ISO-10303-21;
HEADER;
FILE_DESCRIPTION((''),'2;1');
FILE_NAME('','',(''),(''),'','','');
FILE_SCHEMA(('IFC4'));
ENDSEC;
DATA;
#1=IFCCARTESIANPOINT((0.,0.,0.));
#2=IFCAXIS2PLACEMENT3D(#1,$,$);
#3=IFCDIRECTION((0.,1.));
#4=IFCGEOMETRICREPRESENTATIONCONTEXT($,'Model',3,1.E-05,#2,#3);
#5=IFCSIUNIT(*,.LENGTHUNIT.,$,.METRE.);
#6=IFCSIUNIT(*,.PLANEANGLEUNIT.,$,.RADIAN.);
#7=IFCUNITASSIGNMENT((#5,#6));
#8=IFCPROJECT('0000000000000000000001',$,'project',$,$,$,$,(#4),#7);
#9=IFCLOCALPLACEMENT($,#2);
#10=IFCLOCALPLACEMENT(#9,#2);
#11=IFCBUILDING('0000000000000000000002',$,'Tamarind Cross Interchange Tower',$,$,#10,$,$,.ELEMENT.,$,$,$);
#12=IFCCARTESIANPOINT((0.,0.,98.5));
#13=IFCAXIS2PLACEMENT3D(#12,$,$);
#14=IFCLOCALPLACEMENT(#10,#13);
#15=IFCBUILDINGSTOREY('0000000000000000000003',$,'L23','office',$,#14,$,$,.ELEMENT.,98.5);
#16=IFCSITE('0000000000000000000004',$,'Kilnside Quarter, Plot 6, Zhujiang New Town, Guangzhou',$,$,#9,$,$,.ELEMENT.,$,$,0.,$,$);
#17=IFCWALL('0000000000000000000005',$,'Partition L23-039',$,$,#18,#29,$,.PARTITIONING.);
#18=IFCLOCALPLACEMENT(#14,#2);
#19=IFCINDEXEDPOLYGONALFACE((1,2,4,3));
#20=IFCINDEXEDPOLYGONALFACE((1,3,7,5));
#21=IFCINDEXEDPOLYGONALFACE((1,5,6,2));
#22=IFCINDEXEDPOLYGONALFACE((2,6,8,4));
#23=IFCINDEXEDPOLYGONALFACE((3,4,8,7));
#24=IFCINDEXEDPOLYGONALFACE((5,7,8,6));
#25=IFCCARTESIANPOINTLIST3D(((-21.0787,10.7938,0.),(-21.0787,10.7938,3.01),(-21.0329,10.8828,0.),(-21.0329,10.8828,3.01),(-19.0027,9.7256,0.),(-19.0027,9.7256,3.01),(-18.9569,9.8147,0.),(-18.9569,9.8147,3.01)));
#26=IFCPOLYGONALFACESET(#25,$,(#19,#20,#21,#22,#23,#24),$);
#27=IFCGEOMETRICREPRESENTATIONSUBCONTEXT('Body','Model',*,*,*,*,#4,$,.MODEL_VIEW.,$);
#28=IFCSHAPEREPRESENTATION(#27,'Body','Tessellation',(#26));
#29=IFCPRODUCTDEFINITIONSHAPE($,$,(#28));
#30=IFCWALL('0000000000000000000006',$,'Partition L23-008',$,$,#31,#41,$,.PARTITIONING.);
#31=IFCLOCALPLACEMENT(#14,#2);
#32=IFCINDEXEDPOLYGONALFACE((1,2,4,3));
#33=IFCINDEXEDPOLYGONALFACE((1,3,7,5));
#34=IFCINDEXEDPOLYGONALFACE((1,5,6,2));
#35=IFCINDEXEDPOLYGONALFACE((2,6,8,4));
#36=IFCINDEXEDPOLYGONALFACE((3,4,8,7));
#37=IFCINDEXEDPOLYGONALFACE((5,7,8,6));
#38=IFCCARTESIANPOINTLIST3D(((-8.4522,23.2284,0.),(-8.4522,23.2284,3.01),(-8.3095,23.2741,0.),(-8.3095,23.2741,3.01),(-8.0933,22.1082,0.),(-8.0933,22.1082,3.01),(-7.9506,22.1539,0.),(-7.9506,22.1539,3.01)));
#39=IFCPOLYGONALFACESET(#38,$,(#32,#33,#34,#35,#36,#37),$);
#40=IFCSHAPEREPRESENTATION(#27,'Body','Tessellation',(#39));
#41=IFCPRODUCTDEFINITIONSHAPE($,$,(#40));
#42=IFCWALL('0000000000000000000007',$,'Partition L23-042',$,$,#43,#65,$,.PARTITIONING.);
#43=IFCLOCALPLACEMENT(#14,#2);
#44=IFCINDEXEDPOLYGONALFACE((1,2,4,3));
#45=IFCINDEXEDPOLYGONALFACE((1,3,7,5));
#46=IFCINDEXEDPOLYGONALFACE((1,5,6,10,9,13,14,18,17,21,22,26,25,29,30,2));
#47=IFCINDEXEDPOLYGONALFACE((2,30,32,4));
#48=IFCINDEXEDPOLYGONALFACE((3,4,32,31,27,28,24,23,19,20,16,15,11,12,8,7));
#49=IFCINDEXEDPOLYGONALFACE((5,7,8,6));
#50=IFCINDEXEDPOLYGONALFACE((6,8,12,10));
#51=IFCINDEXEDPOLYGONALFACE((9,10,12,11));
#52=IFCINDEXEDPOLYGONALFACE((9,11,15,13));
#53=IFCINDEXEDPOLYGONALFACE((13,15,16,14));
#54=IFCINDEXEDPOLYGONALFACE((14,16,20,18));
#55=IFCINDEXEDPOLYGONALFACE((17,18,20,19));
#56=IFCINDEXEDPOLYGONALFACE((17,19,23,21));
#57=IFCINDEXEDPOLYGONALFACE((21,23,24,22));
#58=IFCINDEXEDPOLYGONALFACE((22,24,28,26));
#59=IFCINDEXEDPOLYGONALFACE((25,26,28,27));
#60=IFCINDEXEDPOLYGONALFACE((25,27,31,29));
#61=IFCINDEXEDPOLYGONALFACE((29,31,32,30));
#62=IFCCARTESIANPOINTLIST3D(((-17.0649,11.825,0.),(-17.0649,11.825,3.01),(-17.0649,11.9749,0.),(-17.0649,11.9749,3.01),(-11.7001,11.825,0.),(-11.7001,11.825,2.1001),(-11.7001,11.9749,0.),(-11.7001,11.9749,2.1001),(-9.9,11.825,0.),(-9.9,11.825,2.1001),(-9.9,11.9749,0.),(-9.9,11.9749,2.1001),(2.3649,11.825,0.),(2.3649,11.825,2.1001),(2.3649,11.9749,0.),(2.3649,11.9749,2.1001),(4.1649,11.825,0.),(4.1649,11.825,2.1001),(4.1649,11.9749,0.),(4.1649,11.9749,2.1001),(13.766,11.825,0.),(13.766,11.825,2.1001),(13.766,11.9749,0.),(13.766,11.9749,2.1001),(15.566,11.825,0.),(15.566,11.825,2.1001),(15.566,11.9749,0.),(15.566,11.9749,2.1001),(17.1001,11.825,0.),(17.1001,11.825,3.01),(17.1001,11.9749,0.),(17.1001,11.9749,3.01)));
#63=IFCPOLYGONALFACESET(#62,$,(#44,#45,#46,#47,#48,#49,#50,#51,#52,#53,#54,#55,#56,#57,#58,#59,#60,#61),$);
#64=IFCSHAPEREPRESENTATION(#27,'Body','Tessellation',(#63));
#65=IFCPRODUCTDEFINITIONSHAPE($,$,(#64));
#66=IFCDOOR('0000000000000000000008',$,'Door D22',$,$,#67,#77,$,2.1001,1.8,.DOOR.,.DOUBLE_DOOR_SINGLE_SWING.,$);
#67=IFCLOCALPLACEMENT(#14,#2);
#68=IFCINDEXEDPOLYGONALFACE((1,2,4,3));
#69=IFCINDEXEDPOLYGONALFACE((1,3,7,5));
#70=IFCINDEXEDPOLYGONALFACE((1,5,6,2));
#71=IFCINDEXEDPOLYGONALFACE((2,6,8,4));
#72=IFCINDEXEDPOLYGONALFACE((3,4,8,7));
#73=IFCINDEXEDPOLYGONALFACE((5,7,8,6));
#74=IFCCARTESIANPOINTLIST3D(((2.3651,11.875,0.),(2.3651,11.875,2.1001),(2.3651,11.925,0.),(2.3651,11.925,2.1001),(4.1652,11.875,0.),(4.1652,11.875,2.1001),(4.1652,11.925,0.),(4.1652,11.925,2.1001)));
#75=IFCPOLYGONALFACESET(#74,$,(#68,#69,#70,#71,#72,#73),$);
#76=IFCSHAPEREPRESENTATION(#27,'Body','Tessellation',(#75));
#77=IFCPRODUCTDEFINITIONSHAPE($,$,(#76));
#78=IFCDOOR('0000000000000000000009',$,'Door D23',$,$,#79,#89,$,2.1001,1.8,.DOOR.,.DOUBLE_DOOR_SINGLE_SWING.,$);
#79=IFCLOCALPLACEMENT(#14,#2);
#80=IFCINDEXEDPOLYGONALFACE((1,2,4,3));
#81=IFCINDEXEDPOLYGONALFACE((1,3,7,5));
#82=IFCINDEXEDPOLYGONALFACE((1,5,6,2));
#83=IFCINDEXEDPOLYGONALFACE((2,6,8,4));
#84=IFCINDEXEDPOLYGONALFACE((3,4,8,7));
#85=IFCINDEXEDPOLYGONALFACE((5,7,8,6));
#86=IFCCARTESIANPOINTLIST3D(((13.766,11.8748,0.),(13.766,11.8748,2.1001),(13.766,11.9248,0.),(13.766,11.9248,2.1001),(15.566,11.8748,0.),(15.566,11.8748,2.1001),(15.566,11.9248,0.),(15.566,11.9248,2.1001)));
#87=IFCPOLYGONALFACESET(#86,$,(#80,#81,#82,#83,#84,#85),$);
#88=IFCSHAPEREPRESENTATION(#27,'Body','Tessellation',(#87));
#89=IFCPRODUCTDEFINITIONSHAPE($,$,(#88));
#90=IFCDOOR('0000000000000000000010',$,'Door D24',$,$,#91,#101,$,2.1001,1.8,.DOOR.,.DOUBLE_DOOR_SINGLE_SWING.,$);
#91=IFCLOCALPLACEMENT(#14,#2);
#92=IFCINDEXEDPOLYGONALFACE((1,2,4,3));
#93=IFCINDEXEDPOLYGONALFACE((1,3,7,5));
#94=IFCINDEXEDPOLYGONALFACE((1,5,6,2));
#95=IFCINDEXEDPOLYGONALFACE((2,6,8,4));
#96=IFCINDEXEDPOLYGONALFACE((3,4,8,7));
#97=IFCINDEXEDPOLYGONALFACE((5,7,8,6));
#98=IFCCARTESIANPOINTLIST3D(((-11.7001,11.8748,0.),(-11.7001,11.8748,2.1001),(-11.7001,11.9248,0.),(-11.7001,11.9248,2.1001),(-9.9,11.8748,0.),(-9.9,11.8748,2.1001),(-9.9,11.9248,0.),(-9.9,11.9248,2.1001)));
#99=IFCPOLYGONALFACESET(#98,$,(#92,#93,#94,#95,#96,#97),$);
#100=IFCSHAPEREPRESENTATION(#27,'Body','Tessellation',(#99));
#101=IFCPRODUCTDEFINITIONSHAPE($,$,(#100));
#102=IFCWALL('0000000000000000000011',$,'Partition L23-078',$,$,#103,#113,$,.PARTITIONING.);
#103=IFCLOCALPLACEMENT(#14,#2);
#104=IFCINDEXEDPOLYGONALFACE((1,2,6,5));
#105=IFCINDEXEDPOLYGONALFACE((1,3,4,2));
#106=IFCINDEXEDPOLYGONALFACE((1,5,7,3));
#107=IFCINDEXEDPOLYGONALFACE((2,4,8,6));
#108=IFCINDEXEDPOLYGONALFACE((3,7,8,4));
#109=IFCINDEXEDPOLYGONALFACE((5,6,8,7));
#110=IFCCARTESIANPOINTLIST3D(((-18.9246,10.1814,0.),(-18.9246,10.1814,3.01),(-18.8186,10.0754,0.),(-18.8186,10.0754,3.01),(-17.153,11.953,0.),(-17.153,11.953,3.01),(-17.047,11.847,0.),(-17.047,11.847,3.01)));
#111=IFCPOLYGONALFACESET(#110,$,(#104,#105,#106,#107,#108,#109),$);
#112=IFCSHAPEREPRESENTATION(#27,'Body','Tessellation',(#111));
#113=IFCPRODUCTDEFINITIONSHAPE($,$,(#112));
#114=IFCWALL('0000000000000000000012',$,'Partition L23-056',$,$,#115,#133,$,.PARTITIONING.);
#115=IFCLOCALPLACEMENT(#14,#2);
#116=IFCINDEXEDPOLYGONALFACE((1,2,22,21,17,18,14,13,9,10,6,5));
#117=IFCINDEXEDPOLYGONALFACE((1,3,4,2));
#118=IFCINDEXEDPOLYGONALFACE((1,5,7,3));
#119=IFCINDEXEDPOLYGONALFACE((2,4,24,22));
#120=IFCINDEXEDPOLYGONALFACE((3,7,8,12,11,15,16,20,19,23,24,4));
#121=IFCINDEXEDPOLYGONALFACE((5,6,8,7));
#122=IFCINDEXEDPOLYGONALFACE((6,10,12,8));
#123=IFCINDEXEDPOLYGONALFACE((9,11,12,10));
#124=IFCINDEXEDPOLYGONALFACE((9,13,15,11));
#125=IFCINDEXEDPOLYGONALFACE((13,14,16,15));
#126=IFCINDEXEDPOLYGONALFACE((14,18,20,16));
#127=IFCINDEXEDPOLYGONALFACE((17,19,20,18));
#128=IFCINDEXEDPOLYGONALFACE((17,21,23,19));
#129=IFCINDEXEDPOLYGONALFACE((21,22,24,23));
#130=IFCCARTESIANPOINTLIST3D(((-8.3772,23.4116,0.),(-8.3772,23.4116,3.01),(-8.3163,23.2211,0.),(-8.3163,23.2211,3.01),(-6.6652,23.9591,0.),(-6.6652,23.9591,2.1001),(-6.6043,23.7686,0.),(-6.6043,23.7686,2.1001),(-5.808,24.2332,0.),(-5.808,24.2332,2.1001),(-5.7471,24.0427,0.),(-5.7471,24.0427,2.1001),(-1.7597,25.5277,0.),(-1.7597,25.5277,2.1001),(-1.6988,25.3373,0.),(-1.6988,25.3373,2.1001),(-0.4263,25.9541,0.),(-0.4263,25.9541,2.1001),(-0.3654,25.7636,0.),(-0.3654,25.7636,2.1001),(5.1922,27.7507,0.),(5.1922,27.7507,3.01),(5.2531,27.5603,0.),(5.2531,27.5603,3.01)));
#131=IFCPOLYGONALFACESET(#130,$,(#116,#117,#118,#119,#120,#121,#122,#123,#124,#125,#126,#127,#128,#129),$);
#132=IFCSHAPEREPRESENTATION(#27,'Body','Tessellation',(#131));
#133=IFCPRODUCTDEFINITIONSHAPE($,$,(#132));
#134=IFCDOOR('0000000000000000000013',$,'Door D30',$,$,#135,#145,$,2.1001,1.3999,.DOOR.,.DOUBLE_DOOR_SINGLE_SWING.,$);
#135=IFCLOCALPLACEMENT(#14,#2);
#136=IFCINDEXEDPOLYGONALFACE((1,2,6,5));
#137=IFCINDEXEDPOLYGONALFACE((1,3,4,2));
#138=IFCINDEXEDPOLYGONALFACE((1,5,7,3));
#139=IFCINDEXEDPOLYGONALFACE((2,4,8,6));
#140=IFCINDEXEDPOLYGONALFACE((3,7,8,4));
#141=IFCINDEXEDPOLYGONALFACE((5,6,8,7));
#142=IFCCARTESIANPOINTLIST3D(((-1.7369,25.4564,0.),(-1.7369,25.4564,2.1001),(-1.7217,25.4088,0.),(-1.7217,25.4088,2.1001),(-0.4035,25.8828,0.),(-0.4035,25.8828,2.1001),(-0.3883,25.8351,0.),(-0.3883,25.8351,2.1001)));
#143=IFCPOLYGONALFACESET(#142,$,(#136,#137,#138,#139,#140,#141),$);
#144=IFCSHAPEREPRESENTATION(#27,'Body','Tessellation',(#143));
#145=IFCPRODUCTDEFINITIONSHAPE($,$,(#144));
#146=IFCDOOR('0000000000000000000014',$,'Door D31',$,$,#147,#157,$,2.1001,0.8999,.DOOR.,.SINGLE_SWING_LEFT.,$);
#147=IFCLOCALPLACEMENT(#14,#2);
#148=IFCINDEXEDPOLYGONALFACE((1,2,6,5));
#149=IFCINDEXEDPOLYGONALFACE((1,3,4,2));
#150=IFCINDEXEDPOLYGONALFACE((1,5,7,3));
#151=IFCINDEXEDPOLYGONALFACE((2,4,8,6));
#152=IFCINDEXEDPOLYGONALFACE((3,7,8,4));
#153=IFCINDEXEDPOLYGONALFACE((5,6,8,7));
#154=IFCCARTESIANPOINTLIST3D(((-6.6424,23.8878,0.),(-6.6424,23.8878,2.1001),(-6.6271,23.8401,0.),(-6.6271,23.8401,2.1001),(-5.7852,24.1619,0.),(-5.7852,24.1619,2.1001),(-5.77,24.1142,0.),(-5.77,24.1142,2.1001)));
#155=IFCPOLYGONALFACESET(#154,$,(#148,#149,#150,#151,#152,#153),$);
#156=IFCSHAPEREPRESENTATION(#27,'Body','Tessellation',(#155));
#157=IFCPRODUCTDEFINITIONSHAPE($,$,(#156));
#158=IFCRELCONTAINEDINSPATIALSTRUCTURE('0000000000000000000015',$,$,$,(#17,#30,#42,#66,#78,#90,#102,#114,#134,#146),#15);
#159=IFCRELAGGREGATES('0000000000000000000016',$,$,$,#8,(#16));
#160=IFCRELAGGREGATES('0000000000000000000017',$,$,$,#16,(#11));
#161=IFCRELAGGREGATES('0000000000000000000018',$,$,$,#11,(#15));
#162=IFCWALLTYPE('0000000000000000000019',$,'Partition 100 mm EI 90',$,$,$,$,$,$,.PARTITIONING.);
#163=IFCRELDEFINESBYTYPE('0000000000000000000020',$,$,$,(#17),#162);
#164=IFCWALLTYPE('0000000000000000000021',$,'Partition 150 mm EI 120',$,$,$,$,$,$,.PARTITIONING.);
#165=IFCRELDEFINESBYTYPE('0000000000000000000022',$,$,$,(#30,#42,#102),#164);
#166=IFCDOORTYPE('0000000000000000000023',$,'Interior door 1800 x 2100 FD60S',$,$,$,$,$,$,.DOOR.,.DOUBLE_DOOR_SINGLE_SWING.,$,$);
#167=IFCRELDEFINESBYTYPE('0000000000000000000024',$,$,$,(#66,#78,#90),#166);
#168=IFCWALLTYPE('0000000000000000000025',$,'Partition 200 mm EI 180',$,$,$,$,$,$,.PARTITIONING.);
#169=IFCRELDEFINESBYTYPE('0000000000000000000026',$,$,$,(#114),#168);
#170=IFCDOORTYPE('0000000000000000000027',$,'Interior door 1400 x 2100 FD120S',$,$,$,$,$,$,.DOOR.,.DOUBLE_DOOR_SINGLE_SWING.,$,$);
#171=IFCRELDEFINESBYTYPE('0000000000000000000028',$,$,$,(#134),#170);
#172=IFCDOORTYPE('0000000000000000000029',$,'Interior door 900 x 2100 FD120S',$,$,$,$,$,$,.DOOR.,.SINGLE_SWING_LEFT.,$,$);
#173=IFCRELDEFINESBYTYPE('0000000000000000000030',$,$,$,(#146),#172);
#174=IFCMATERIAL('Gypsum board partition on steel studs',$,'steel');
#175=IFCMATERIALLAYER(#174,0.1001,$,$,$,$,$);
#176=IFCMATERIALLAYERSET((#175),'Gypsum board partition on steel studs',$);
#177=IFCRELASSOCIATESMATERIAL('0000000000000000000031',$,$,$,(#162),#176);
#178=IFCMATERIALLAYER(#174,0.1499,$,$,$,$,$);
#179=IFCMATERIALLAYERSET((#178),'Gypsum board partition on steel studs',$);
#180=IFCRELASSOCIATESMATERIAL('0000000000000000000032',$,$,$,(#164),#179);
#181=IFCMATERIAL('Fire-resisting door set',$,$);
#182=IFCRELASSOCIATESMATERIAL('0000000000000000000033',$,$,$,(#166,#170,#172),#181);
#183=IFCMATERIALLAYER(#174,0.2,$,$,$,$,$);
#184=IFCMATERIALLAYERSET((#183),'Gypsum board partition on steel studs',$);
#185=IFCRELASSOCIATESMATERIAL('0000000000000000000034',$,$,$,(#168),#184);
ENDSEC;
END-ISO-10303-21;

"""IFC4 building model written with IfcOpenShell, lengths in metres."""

from ifc_helpers import new_model, si_unit, direction, frame, frame_2d, origin, place, context, subcontext, project, spatial, rectangle, extrude, material, layer, layer_set, type_object, element, fill, save


model = new_model("IFC4")

# Units and contexts
model_context = context("Model", 3, precision=1e-05, world=origin(), true_north=direction((0.0, 1.0)))
body_context = subcontext(model_context, "Body", "Model", "MODEL_VIEW")
ifc_project = project(units=[si_unit("LENGTHUNIT", "METRE"), si_unit("PLANEANGLEUNIT", "RADIAN")], contexts=[model_context])

# Site, building, storey
site_placement = place(None, origin())
site = spatial("IfcSite", under=ifc_project, at=site_placement, Name="Kilnside Quarter, Plot 6, Zhujiang New Town, Guangzhou", CompositionType="ELEMENT", RefElevation=0.0)
building_placement = place(site_placement, origin())
building = spatial("IfcBuilding", under=site, at=building_placement, Name="Tamarind Cross Interchange Tower", CompositionType="ELEMENT")
storey_placement = place(building_placement, frame((0.0, 0.0, 98.5)))
storey = spatial("IfcBuildingStorey", under=building, at=storey_placement, Name="L23", Description="office", CompositionType="ELEMENT", Elevation=98.5)

# Walls
ifc_material_1 = material(Name="Gypsum board partition on steel studs", Category="steel")
ifc_layer_1 = layer(ifc_material_1, 0.1001)
ifc_layer_set_1 = layer_set([ifc_layer_1], Name="Gypsum board partition on steel studs")
wall_type_1 = type_object("IfcWallType", Name="Partition 100 mm EI 90", PredefinedType="PARTITIONING", material=ifc_layer_set_1)
wall_1_placement = place(storey_placement, frame((-21.0559, 10.8384, 0.0), z_axis=(0.0, 0.0, 1.0), x_axis=(0.889202, -0.457516, 0.0)))
element("IfcWall", 1, at=wall_1_placement, inside=storey, type_object=wall_type_1, Name="Partition L23-039", PredefinedType="PARTITIONING", context=body_context, shape_type="SweptSolid", body=[
    extrude(rectangle(XDim=2.3347, YDim=0.1001, at=frame_2d((1.1675, 0.0))), origin(), (0.0, 0.0, 1.0), 3.01),
])
ifc_layer_2 = layer(ifc_material_1, 0.1499)
ifc_layer_set_2 = layer_set([ifc_layer_2], Name="Gypsum board partition on steel studs")
wall_type_2 = type_object("IfcWallType", Name="Partition 150 mm EI 120", PredefinedType="PARTITIONING", material=ifc_layer_set_2)
wall_2_placement = place(storey_placement, frame((-8.3809, 23.2512, 0.0), z_axis=(0.0, 0.0, 1.0), x_axis=(0.305122, -0.952313, 0.0)))
element("IfcWall", 2, at=wall_2_placement, inside=storey, type_object=wall_type_2, Name="Partition L23-008", PredefinedType="PARTITIONING", context=body_context, shape_type="SweptSolid", body=[
    extrude(rectangle(XDim=1.1763, YDim=0.1499, at=frame_2d((0.5881, 0.0))), origin(), (0.0, 0.0, 1.0), 3.01),
])

# Wall, openings, doors
wall_3_placement = place(storey_placement, frame((-17.0649, 11.8999, 0.0), z_axis=(0.0, 0.0, 1.0), x_axis=(1.0, 0.0, 0.0)))
wall_3 = element("IfcWall", 3, at=wall_3_placement, inside=storey, type_object=wall_type_2, Name="Partition L23-042", PredefinedType="PARTITIONING", context=body_context, shape_type="SweptSolid", body=[
    extrude(rectangle(XDim=34.165, YDim=0.1499, at=frame_2d((17.0825, 0.0))), origin(), (0.0, 0.0, 1.0), 3.01),
])
opening_1_placement = place(wall_3_placement, frame((19.4299, 0.0, 0.0)))
opening_1 = element("IfcOpeningElement", 4, at=opening_1_placement, cuts=wall_3, PredefinedType="OPENING", context=body_context, shape_type="SweptSolid", body=[
    extrude(rectangle(XDim=1.8, YDim=2.1001, at=frame_2d((0.8999, 1.05))), frame((0.0, 0.085, 0.0), z_axis=(0.0, -1.0, 0.0), x_axis=(1.0, 0.0, 0.0)), (0.0, 0.0, 1.0), 0.1699),
])
opening_2_placement = place(wall_3_placement, frame((30.8311, 0.0, 0.0)))
opening_2 = element("IfcOpeningElement", 5, at=opening_2_placement, cuts=wall_3, PredefinedType="OPENING", context=body_context, shape_type="SweptSolid", body=[
    extrude(rectangle(XDim=1.8, YDim=2.1001, at=frame_2d((0.8999, 1.05))), frame((0.0, 0.085, 0.0), z_axis=(0.0, -1.0, 0.0), x_axis=(1.0, 0.0, 0.0)), (0.0, 0.0, 1.0), 0.1699),
])
opening_3_placement = place(wall_3_placement, frame((5.365, 0.0, 0.0)))
opening_3 = element("IfcOpeningElement", 6, at=opening_3_placement, cuts=wall_3, PredefinedType="OPENING", context=body_context, shape_type="SweptSolid", body=[
    extrude(rectangle(XDim=1.8, YDim=2.1001, at=frame_2d((0.8999, 1.05))), frame((0.0, 0.085, 0.0), z_axis=(0.0, -1.0, 0.0), x_axis=(1.0, 0.0, 0.0)), (0.0, 0.0, 1.0), 0.1699),
])
ifc_material_2 = material(Name="Fire-resisting door set")
door_type_1 = type_object("IfcDoorType", Name="Interior door 1800 x 2100 FD60S", OperationType="DOUBLE_DOOR_SINGLE_SWING", PredefinedType="DOOR", material=ifc_material_2)
door_1_placement = place(opening_1_placement, frame((1.8, 0.0, 0.0), z_axis=(0.0, 0.0, 1.0), x_axis=(-1.0, 0.0, 0.0)))
door_1 = element("IfcDoor", 7, at=door_1_placement, inside=storey, type_object=door_type_1, Name="Door D22", OperationType="DOUBLE_DOOR_SINGLE_SWING", OverallHeight=2.1001, OverallWidth=1.8, PredefinedType="DOOR", context=body_context, shape_type="SweptSolid", body=[
    extrude(rectangle(XDim=1.8, YDim=2.1001, at=frame_2d((0.8999, 1.05))), frame((0.0, 0.0249, 0.0), z_axis=(0.0, -1.0, 0.0), x_axis=(1.0, 0.0, 0.0)), (0.0, 0.0, 1.0), 0.05),
])
fill(opening_1, door_1)
door_2_placement = place(opening_2_placement, origin())
door_2 = element("IfcDoor", 8, at=door_2_placement, inside=storey, type_object=door_type_1, Name="Door D23", OperationType="DOUBLE_DOOR_SINGLE_SWING", OverallHeight=2.1001, OverallWidth=1.8, PredefinedType="DOOR", context=body_context, shape_type="SweptSolid", body=[
    extrude(rectangle(XDim=1.8, YDim=2.1001, at=frame_2d((0.8999, 1.05))), frame((0.0, 0.0249, 0.0), z_axis=(0.0, -1.0, 0.0), x_axis=(1.0, 0.0, 0.0)), (0.0, 0.0, 1.0), 0.05),
])
fill(opening_2, door_2)
door_3_placement = place(opening_3_placement, origin())
door_3 = element("IfcDoor", 9, at=door_3_placement, inside=storey, type_object=door_type_1, Name="Door D24", OperationType="DOUBLE_DOOR_SINGLE_SWING", OverallHeight=2.1001, OverallWidth=1.8, PredefinedType="DOOR", context=body_context, shape_type="SweptSolid", body=[
    extrude(rectangle(XDim=1.8, YDim=2.1001, at=frame_2d((0.8999, 1.05))), frame((0.0, 0.0249, 0.0), z_axis=(0.0, -1.0, 0.0), x_axis=(1.0, 0.0, 0.0)), (0.0, 0.0, 1.0), 0.05),
])
fill(opening_3, door_3)

# Wall
wall_4_placement = place(storey_placement, frame((-18.8716, 10.1284, 0.0), z_axis=(0.0, 0.0, 1.0), x_axis=(0.707107, 0.707107, 0.0)))
element("IfcWall", 10, at=wall_4_placement, inside=storey, type_object=wall_type_2, Name="Partition L23-078", PredefinedType="PARTITIONING", context=body_context, shape_type="SweptSolid", body=[
    extrude(rectangle(XDim=2.5054, YDim=0.1499, at=frame_2d((1.2527, 0.0))), origin(), (0.0, 0.0, 1.0), 3.01),
])

# Wall, openings, doors
ifc_layer_3 = layer(ifc_material_1, 0.2)
ifc_layer_set_3 = layer_set([ifc_layer_3], Name="Gypsum board partition on steel studs")
wall_type_3 = type_object("IfcWallType", Name="Partition 200 mm EI 180", PredefinedType="PARTITIONING", material=ifc_layer_set_3)
wall_5_placement = place(storey_placement, frame((-8.3467, 23.3164, 0.0), z_axis=(0.0, 0.0, 1.0), x_axis=(0.952487, 0.30458, 0.0)))
wall_5 = element("IfcWall", 11, at=wall_5_placement, inside=storey, type_object=wall_type_3, Name="Partition L23-056", PredefinedType="PARTITIONING", context=body_context, shape_type="SweptSolid", body=[
    extrude(rectangle(XDim=14.2463, YDim=0.2, at=frame_2d((7.123, 0.0))), origin(), (0.0, 0.0, 1.0), 3.01),
])
opening_4_placement = place(wall_5_placement, frame((6.9475, 0.0, 0.0)))
opening_4 = element("IfcOpeningElement", 12, at=opening_4_placement, cuts=wall_5, PredefinedType="OPENING", context=body_context, shape_type="SweptSolid", body=[
    extrude(rectangle(XDim=1.3999, YDim=2.1001, at=frame_2d((0.7, 1.05))), frame((0.0, 0.1099, 0.0), z_axis=(0.0, -1.0, 0.0), x_axis=(1.0, 0.0, 0.0)), (0.0, 0.0, 1.0), 0.22),
])
opening_5_placement = place(wall_5_placement, frame((1.7974, 0.0, 0.0)))
opening_5 = element("IfcOpeningElement", 13, at=opening_5_placement, cuts=wall_5, PredefinedType="OPENING", context=body_context, shape_type="SweptSolid", body=[
    extrude(rectangle(XDim=0.8999, YDim=2.1001, at=frame_2d((0.45, 1.05))), frame((0.0, 0.1099, 0.0), z_axis=(0.0, -1.0, 0.0), x_axis=(1.0, 0.0, 0.0)), (0.0, 0.0, 1.0), 0.22),
])
door_type_2 = type_object("IfcDoorType", Name="Interior door 1400 x 2100 FD120S", OperationType="DOUBLE_DOOR_SINGLE_SWING", PredefinedType="DOOR", material=ifc_material_2)
door_4_placement = place(opening_4_placement, frame((1.3999, 0.0, 0.0), z_axis=(0.0, 0.0, 1.0), x_axis=(-1.0, 0.0, 0.0)))
door_4 = element("IfcDoor", 14, at=door_4_placement, inside=storey, type_object=door_type_2, Name="Door D30", OperationType="DOUBLE_DOOR_SINGLE_SWING", OverallHeight=2.1001, OverallWidth=1.3999, PredefinedType="DOOR", context=body_context, shape_type="SweptSolid", body=[
    extrude(rectangle(XDim=1.3999, YDim=2.1001, at=frame_2d((0.7, 1.05))), frame((0.0, 0.0249, 0.0), z_axis=(0.0, -1.0, 0.0), x_axis=(1.0, 0.0, 0.0)), (0.0, 0.0, 1.0), 0.05),
])
fill(opening_4, door_4)
door_type_3 = type_object("IfcDoorType", Name="Interior door 900 x 2100 FD120S", OperationType="SINGLE_SWING_LEFT", PredefinedType="DOOR", material=ifc_material_2)
door_5_placement = place(opening_5_placement, frame((0.8999, 0.0, 0.0), z_axis=(0.0, 0.0, 1.0), x_axis=(-1.0, 0.0, 0.0)))
door_5 = element("IfcDoor", 15, at=door_5_placement, inside=storey, type_object=door_type_3, Name="Door D31", OperationType="SINGLE_SWING_LEFT", OverallHeight=2.1001, OverallWidth=0.8999, PredefinedType="DOOR", context=body_context, shape_type="SweptSolid", body=[
    extrude(rectangle(XDim=0.8999, YDim=2.1001, at=frame_2d((0.45, 1.05))), frame((0.0, 0.0249, 0.0), z_axis=(0.0, -1.0, 0.0), x_axis=(1.0, 0.0, 0.0)), (0.0, 0.0, 1.0), 0.05),
])
fill(opening_5, door_5)

save(model, "model.ifc")
